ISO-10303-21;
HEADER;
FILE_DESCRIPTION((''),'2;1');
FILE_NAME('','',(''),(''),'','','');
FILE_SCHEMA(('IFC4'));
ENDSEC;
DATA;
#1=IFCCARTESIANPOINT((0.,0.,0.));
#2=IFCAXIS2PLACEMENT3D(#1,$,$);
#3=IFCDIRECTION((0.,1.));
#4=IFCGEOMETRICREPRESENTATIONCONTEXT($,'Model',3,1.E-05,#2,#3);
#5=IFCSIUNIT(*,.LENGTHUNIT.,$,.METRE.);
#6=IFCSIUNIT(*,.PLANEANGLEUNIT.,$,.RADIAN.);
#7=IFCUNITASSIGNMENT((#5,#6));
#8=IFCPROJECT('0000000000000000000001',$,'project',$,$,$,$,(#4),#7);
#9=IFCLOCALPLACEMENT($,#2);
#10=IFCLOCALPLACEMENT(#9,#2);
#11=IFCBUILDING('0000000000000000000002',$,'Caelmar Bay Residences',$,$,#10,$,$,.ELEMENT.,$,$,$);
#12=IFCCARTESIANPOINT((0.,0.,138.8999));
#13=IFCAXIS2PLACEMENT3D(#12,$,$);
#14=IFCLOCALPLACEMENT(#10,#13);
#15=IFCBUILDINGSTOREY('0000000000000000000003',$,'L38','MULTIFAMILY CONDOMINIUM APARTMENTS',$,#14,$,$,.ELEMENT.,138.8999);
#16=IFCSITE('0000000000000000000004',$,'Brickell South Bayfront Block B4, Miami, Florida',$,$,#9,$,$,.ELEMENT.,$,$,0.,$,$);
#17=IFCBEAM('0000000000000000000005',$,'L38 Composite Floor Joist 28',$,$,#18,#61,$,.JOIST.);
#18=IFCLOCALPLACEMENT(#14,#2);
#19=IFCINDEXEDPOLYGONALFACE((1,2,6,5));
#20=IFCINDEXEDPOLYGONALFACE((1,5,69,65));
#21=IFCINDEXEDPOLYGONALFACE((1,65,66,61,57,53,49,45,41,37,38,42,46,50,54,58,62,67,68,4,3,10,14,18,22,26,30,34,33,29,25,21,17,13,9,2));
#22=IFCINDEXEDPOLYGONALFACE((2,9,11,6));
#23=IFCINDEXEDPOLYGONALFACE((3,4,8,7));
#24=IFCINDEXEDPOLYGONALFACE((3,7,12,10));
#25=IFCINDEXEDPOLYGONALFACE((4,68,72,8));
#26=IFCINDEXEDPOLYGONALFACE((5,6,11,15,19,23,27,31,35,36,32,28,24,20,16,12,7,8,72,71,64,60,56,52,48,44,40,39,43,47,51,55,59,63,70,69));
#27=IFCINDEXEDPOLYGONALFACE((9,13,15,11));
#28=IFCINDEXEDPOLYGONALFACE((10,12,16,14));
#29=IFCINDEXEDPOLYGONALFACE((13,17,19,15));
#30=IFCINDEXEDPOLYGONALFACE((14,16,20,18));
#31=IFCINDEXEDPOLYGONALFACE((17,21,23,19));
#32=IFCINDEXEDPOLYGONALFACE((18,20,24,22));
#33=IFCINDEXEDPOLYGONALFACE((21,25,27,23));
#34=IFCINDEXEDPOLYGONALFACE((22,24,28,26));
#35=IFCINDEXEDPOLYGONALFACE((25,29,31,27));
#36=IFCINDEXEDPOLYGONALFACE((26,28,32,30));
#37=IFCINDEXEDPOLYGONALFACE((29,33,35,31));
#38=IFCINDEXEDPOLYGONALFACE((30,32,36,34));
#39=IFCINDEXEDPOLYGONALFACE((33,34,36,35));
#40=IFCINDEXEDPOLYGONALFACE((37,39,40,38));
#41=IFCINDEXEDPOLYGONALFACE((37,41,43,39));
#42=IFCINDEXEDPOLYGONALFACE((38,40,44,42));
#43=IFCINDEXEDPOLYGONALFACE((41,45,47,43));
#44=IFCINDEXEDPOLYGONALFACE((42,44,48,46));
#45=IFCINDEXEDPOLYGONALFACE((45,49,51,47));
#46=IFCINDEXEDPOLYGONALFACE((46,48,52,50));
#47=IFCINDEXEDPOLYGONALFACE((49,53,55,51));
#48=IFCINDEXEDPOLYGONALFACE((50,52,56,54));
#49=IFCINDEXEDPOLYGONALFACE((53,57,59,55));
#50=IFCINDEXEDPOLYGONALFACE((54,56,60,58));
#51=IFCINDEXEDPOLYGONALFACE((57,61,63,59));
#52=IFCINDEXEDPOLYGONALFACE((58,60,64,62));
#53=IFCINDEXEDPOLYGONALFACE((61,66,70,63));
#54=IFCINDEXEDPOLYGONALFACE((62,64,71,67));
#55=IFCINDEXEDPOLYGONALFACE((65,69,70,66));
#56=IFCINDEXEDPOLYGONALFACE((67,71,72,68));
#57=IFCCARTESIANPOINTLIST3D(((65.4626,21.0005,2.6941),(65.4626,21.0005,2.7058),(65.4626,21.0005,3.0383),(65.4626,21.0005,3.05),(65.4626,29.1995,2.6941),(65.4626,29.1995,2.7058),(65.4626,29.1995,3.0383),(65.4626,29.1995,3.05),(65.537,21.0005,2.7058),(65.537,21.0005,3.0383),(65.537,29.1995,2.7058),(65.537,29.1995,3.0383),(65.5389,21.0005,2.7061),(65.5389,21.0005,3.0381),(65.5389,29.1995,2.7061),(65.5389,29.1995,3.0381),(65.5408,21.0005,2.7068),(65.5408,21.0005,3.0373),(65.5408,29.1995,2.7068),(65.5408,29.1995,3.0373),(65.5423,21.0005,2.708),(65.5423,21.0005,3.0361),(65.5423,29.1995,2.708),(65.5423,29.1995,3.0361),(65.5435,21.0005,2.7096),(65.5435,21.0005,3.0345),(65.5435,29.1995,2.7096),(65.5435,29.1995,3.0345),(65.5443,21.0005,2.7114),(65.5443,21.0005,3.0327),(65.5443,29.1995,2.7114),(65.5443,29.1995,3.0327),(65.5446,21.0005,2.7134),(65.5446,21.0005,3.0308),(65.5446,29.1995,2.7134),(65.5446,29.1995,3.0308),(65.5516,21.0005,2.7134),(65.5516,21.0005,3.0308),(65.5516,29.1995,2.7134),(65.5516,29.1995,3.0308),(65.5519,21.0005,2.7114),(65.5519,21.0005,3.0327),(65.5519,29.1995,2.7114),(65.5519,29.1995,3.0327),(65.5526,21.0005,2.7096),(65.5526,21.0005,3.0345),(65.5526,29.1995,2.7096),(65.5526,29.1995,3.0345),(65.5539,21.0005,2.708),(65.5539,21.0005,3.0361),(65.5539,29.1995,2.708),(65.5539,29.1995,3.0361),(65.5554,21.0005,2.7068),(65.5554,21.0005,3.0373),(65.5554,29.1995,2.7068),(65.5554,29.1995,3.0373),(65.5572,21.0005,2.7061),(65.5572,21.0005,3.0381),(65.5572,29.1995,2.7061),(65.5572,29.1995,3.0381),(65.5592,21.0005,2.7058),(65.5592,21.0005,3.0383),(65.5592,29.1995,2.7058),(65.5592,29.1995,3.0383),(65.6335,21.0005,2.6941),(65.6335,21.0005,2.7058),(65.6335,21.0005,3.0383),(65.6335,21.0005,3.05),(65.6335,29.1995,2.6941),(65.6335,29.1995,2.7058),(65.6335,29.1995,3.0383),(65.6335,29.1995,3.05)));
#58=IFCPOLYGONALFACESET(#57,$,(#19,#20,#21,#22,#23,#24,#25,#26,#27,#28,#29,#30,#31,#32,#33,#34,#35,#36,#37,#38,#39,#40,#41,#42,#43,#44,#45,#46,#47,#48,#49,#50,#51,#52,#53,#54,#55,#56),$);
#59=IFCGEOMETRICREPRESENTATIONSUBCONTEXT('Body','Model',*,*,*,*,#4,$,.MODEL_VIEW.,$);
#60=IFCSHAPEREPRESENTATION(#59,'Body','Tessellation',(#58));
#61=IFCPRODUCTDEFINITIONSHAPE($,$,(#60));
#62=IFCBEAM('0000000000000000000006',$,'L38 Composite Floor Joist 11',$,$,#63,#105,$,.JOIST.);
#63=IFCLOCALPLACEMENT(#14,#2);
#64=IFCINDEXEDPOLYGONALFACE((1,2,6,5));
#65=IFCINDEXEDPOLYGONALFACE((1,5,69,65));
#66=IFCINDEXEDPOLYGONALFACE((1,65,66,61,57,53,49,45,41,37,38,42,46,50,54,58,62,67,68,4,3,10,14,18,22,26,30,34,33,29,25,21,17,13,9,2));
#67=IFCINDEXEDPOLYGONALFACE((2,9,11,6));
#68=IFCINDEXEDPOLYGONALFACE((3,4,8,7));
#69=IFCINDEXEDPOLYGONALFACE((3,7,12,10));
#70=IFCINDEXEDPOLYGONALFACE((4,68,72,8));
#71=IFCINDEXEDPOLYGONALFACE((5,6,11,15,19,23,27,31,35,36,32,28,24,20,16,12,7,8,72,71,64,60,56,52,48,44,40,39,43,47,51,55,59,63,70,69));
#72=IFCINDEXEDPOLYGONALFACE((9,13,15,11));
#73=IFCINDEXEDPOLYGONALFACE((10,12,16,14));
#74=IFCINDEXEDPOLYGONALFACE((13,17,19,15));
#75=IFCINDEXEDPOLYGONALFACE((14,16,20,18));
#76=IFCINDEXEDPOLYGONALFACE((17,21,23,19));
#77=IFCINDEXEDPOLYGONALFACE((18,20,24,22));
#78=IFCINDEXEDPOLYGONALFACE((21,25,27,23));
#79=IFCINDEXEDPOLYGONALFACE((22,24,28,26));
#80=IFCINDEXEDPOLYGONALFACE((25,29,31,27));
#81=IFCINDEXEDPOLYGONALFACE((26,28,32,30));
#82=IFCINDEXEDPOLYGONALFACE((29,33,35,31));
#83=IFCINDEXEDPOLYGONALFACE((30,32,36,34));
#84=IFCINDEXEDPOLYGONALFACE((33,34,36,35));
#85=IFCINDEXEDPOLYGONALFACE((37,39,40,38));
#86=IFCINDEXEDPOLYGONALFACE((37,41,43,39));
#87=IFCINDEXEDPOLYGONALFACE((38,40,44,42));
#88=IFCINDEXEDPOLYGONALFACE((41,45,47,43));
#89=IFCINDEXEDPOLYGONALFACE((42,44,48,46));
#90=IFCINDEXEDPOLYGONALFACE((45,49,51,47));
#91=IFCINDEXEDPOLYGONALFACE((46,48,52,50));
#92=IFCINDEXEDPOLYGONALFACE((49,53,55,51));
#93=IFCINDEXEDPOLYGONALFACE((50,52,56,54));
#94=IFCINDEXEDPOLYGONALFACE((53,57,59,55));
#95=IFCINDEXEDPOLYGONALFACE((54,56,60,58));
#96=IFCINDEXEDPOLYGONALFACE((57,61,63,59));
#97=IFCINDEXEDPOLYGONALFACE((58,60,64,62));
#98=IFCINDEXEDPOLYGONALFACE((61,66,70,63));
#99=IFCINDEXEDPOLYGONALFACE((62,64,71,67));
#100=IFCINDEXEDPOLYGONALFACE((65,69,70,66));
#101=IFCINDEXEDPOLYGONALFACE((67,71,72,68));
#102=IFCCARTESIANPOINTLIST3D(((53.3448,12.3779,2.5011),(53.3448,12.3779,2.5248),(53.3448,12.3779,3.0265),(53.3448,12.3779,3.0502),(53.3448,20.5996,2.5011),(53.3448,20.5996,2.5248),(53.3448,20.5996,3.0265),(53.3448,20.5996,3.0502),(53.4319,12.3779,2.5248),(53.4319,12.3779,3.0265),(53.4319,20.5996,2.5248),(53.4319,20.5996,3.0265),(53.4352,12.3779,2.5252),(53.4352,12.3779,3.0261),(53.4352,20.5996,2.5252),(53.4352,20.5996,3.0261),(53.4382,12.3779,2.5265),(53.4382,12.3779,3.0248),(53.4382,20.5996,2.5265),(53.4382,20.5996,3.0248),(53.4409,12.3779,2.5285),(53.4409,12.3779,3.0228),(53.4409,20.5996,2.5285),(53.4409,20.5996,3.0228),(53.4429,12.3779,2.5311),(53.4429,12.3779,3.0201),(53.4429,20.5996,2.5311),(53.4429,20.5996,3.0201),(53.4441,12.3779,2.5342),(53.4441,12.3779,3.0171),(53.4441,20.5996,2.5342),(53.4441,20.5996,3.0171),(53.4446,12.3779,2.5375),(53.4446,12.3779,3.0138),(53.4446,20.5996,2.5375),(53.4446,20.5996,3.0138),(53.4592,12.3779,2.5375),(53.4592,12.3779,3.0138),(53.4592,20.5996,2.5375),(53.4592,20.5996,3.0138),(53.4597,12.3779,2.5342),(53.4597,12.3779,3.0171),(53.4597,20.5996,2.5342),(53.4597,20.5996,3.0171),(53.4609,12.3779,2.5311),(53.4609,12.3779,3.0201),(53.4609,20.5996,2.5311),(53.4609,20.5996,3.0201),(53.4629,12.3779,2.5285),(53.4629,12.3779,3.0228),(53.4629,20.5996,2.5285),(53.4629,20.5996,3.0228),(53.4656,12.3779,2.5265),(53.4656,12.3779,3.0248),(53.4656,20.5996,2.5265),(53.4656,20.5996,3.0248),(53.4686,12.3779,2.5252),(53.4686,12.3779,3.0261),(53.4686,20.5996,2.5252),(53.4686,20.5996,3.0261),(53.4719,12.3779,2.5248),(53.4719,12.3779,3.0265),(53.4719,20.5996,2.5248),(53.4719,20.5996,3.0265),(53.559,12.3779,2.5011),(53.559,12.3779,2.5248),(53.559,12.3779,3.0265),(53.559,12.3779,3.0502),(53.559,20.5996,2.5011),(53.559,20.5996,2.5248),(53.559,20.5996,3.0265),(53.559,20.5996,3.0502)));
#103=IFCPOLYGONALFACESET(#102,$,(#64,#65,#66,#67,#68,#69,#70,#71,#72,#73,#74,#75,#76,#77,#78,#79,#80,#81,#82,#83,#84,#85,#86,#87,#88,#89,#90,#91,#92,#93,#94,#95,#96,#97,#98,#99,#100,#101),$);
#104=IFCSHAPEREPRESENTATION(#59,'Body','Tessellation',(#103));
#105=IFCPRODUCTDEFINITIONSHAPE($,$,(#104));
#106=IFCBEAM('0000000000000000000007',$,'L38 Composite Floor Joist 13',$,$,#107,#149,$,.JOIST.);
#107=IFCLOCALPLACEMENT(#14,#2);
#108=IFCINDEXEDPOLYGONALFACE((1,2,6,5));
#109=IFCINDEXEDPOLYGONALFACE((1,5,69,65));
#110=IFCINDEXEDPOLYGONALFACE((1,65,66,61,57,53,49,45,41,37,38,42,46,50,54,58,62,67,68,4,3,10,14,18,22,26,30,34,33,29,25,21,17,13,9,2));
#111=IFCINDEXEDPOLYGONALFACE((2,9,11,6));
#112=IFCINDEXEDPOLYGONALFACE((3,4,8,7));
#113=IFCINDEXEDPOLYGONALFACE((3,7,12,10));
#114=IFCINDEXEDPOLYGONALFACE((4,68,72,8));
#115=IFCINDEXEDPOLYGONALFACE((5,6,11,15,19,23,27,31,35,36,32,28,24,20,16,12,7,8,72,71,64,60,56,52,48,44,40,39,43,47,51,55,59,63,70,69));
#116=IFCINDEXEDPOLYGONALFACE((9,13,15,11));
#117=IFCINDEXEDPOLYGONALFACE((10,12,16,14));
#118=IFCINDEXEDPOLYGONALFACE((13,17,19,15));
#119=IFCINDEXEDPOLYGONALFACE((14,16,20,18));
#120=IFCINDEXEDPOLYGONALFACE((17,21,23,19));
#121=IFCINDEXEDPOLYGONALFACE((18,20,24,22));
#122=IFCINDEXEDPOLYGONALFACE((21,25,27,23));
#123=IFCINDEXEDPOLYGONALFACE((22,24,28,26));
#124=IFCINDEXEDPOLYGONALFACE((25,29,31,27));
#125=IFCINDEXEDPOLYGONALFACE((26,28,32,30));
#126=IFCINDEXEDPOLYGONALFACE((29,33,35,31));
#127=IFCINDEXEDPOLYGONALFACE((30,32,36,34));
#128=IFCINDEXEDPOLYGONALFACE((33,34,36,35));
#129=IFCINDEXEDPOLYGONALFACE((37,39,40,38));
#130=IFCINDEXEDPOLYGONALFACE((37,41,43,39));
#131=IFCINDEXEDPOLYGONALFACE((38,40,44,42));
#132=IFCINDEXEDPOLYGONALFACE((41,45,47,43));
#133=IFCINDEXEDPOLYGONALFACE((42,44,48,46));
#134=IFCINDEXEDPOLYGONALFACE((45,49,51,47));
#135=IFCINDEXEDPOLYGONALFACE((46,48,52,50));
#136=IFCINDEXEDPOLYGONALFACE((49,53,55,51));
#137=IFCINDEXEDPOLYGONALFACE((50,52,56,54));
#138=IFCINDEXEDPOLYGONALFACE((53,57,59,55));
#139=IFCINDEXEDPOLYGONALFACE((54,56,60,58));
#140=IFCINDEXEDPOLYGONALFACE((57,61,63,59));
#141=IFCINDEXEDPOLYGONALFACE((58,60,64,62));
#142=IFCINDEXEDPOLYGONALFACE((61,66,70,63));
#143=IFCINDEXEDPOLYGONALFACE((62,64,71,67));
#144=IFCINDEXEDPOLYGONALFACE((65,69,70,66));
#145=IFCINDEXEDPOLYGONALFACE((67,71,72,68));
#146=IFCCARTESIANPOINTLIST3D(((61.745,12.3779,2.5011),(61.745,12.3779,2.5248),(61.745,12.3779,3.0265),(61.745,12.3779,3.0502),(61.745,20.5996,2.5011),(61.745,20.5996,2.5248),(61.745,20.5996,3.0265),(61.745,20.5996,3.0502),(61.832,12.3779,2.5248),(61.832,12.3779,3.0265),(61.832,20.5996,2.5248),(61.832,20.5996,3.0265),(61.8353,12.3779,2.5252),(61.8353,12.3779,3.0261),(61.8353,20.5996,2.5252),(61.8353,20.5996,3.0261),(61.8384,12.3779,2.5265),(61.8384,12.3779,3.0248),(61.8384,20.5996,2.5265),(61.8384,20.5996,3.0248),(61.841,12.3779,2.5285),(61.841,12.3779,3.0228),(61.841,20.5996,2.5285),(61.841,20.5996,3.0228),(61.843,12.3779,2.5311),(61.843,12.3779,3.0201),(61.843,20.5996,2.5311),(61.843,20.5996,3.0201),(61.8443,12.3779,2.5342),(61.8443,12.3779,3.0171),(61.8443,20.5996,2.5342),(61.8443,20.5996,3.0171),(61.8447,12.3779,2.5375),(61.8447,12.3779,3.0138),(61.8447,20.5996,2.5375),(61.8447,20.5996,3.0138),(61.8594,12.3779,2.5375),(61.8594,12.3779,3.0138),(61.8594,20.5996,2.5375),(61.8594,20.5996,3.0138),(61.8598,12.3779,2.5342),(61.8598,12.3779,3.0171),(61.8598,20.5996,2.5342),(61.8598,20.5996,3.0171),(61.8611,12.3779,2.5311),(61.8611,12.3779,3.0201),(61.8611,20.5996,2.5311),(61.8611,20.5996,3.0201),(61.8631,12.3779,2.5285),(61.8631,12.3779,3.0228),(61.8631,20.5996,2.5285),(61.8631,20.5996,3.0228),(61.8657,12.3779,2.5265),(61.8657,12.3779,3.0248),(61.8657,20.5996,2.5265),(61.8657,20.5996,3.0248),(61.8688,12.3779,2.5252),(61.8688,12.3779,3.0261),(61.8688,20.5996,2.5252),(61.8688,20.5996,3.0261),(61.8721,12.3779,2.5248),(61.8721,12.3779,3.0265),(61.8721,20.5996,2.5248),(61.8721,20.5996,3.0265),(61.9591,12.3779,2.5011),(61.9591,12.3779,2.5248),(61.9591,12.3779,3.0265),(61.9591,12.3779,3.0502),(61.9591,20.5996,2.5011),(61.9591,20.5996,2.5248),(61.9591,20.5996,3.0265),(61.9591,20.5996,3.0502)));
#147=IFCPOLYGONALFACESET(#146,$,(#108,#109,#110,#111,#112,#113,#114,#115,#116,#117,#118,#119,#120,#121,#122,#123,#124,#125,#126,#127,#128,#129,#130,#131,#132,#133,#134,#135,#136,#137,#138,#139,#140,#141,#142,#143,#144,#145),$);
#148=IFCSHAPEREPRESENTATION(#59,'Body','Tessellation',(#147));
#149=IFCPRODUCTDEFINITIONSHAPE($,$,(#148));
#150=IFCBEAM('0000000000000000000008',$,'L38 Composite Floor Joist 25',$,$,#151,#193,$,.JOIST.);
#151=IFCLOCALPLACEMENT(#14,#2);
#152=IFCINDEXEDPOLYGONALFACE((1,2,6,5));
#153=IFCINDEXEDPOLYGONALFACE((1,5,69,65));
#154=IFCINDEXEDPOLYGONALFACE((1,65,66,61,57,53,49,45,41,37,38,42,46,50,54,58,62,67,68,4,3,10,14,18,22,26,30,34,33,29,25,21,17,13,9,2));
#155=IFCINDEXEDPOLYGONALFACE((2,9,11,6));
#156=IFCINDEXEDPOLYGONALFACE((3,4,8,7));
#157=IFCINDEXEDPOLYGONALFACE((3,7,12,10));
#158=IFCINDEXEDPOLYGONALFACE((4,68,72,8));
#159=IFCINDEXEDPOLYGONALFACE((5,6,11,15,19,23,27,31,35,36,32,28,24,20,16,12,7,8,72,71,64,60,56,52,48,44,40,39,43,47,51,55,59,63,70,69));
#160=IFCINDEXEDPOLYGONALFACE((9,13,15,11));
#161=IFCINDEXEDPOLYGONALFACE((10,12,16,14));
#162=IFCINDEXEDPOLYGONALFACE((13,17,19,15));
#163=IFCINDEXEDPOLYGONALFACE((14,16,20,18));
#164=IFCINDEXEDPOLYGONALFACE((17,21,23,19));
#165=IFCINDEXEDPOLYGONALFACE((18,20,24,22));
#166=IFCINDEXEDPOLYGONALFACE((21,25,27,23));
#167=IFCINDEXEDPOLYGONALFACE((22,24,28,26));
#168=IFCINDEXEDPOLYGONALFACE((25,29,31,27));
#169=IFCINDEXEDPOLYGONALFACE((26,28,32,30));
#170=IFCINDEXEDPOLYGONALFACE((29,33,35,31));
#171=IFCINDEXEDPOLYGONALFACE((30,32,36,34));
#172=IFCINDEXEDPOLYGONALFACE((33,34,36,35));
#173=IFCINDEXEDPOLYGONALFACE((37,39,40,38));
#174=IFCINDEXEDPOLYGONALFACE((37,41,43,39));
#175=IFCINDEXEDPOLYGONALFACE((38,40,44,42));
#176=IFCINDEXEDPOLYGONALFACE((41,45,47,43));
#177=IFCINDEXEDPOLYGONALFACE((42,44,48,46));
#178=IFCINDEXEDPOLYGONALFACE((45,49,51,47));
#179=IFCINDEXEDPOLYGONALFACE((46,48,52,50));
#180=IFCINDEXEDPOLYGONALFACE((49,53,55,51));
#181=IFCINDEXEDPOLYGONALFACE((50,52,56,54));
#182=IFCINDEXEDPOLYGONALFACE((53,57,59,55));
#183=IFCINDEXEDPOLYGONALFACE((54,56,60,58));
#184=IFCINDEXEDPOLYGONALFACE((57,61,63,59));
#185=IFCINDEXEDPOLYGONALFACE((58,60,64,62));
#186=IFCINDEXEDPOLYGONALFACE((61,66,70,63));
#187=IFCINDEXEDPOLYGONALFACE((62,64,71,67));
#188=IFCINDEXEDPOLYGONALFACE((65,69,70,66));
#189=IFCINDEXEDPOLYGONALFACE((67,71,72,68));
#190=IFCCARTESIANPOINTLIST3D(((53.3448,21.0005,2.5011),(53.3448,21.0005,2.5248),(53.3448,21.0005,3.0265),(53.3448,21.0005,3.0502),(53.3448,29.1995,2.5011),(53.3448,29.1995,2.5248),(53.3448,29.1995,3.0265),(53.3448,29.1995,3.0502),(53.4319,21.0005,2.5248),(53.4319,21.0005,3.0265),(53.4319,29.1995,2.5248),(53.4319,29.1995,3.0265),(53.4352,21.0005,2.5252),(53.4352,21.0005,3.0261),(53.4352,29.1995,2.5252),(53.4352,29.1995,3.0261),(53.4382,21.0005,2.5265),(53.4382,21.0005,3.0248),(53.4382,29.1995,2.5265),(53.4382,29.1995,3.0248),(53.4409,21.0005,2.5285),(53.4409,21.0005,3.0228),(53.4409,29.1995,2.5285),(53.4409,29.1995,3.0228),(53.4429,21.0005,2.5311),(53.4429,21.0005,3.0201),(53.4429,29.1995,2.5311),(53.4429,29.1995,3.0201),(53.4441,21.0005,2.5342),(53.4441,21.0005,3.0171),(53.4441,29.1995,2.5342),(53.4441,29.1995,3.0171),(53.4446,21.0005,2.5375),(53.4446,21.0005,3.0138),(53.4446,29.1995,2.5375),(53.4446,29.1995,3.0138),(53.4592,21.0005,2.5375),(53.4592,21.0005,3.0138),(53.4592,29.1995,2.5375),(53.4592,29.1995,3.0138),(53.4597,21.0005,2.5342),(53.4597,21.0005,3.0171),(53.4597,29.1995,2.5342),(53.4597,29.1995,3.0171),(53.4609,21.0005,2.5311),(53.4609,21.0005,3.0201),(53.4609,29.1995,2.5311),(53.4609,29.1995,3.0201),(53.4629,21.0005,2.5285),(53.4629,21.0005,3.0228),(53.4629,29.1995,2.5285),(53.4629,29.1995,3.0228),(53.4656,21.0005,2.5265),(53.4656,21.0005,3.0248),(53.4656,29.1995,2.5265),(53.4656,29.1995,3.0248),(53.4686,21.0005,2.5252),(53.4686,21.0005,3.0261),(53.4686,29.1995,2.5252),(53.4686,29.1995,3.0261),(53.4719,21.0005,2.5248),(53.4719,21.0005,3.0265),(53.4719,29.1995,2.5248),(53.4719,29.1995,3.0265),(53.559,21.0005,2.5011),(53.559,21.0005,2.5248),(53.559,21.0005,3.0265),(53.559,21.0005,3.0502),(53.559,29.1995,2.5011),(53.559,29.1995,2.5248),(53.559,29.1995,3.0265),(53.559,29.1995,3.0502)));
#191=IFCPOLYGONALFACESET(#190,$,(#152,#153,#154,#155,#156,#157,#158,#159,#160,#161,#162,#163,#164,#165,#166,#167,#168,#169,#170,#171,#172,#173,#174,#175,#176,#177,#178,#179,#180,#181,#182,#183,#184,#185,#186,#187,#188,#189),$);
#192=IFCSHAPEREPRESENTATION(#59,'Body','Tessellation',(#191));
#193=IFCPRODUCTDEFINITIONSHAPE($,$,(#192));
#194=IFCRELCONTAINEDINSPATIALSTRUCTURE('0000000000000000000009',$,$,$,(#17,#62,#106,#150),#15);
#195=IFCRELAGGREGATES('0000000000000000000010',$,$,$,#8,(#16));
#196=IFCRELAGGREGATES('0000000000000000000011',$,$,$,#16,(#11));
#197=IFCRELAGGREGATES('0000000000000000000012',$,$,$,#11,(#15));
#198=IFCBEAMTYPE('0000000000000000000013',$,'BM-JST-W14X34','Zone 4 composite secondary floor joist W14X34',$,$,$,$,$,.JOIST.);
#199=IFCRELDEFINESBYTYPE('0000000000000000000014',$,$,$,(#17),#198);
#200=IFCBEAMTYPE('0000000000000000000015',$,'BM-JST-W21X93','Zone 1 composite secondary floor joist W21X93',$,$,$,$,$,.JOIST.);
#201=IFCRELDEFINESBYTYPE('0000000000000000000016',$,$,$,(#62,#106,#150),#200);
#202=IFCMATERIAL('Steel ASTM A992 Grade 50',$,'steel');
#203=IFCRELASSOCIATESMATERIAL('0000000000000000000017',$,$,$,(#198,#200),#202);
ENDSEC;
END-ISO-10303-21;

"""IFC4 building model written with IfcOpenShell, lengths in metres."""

from ifc_helpers import new_model, si_unit, direction, frame, origin, origin_2d, place, context, subcontext, project, spatial, i_section, extrude, material, material_profile, profile_set, type_object, element, save


model = new_model("IFC4")

# Units and contexts
model_context = context("Model", 3, precision=1e-05, world=origin(), true_north=direction((0.0, 1.0)))
body_context = subcontext(model_context, "Body", "Model", "MODEL_VIEW")
ifc_project = project(units=[si_unit("LENGTHUNIT", "METRE"), si_unit("PLANEANGLEUNIT", "RADIAN")], contexts=[model_context])

# Site, building, storey
site_placement = place(None, origin())
site = spatial("IfcSite", under=ifc_project, at=site_placement, Name="Brickell South Bayfront Block B4, Miami, Florida", CompositionType="ELEMENT", RefElevation=0.0)
building_placement = place(site_placement, origin())
building = spatial("IfcBuilding", under=site, at=building_placement, Name="Caelmar Bay Residences", CompositionType="ELEMENT")
storey_placement = place(building_placement, frame((0.0, 0.0, 138.8999)))
storey = spatial("IfcBuildingStorey", under=building, at=storey_placement, Name="L38", Description="MULTIFAMILY CONDOMINIUM APARTMENTS", CompositionType="ELEMENT", Elevation=138.8999)

# Beams
ifc_material_1 = material(Name="Steel ASTM A992 Grade 50", Category="steel")
ifc_material_profile_1 = material_profile(ifc_material_1, i_section(OverallWidth=0.1709, OverallDepth=0.356, WebThickness=0.0071, FlangeThickness=0.0117, FilletRadius=0.0076, at=origin_2d()), Name="W14X34")
ifc_profile_set_1 = profile_set([ifc_material_profile_1], Name="Steel ASTM A992 Grade 50")
beam_type_1 = type_object("IfcBeamType", Name="BM-JST-W14X34", Description="Zone 4 composite secondary floor joist W14X34", PredefinedType="JOIST", material=ifc_profile_set_1)
for number, where, z_axis, x_axis, name in (
    (1, (65.5481, 21.0005, 2.8721), (0.0, 1.0, 0.0), (-1.0, 0.0, 0.0), "L38 Composite Floor Joist 28"),
):
    element("IfcBeam", number, at=place(storey_placement, frame(where, z_axis=z_axis, x_axis=x_axis)), inside=storey, type_object=beam_type_1, Name=name, PredefinedType="JOIST", context=body_context, shape_type="SweptSolid", body=[
        extrude(i_section(OverallWidth=0.1709, OverallDepth=0.356, WebThickness=0.0071, FlangeThickness=0.0117, FilletRadius=0.0076, at=origin_2d()), origin(), (0.0, 0.0, 1.0), 8.199),
    ])
ifc_material_profile_2 = material_profile(ifc_material_1, i_section(OverallWidth=0.2141, OverallDepth=0.5491, WebThickness=0.0146, FlangeThickness=0.0237, FilletRadius=0.0127, at=origin_2d()), Name="W21X93")
ifc_profile_set_2 = profile_set([ifc_material_profile_2], Name="Steel ASTM A992 Grade 50")
beam_type_2 = type_object("IfcBeamType", Name="BM-JST-W21X93", Description="Zone 1 composite secondary floor joist W21X93", PredefinedType="JOIST", material=ifc_profile_set_2)
for number, where, z_axis, x_axis, name in (
    (2, (53.4519, 12.3779, 2.7756), (0.0, 1.0, 0.0), (-1.0, 0.0, 0.0), "L38 Composite Floor Joist 11"),
    (3, (61.8521, 12.3779, 2.7756), (0.0, 1.0, 0.0), (-1.0, 0.0, 0.0), "L38 Composite Floor Joist 13"),
):
    element("IfcBeam", number, at=place(storey_placement, frame(where, z_axis=z_axis, x_axis=x_axis)), inside=storey, type_object=beam_type_2, Name=name, PredefinedType="JOIST", context=body_context, shape_type="SweptSolid", body=[
        extrude(i_section(OverallWidth=0.2141, OverallDepth=0.5491, WebThickness=0.0146, FlangeThickness=0.0237, FilletRadius=0.0127, at=origin_2d()), origin(), (0.0, 0.0, 1.0), 8.2217),
    ])
for number, where, z_axis, x_axis, name in (
    (4, (53.4519, 21.0005, 2.7756), (0.0, 1.0, 0.0), (-1.0, 0.0, 0.0), "L38 Composite Floor Joist 25"),
):
    element("IfcBeam", number, at=place(storey_placement, frame(where, z_axis=z_axis, x_axis=x_axis)), inside=storey, type_object=beam_type_2, Name=name, PredefinedType="JOIST", context=body_context, shape_type="SweptSolid", body=[
        extrude(i_section(OverallWidth=0.2141, OverallDepth=0.5491, WebThickness=0.0146, FlangeThickness=0.0237, FilletRadius=0.0127, at=origin_2d()), origin(), (0.0, 0.0, 1.0), 8.199),
    ])

save(model, "model.ifc")
